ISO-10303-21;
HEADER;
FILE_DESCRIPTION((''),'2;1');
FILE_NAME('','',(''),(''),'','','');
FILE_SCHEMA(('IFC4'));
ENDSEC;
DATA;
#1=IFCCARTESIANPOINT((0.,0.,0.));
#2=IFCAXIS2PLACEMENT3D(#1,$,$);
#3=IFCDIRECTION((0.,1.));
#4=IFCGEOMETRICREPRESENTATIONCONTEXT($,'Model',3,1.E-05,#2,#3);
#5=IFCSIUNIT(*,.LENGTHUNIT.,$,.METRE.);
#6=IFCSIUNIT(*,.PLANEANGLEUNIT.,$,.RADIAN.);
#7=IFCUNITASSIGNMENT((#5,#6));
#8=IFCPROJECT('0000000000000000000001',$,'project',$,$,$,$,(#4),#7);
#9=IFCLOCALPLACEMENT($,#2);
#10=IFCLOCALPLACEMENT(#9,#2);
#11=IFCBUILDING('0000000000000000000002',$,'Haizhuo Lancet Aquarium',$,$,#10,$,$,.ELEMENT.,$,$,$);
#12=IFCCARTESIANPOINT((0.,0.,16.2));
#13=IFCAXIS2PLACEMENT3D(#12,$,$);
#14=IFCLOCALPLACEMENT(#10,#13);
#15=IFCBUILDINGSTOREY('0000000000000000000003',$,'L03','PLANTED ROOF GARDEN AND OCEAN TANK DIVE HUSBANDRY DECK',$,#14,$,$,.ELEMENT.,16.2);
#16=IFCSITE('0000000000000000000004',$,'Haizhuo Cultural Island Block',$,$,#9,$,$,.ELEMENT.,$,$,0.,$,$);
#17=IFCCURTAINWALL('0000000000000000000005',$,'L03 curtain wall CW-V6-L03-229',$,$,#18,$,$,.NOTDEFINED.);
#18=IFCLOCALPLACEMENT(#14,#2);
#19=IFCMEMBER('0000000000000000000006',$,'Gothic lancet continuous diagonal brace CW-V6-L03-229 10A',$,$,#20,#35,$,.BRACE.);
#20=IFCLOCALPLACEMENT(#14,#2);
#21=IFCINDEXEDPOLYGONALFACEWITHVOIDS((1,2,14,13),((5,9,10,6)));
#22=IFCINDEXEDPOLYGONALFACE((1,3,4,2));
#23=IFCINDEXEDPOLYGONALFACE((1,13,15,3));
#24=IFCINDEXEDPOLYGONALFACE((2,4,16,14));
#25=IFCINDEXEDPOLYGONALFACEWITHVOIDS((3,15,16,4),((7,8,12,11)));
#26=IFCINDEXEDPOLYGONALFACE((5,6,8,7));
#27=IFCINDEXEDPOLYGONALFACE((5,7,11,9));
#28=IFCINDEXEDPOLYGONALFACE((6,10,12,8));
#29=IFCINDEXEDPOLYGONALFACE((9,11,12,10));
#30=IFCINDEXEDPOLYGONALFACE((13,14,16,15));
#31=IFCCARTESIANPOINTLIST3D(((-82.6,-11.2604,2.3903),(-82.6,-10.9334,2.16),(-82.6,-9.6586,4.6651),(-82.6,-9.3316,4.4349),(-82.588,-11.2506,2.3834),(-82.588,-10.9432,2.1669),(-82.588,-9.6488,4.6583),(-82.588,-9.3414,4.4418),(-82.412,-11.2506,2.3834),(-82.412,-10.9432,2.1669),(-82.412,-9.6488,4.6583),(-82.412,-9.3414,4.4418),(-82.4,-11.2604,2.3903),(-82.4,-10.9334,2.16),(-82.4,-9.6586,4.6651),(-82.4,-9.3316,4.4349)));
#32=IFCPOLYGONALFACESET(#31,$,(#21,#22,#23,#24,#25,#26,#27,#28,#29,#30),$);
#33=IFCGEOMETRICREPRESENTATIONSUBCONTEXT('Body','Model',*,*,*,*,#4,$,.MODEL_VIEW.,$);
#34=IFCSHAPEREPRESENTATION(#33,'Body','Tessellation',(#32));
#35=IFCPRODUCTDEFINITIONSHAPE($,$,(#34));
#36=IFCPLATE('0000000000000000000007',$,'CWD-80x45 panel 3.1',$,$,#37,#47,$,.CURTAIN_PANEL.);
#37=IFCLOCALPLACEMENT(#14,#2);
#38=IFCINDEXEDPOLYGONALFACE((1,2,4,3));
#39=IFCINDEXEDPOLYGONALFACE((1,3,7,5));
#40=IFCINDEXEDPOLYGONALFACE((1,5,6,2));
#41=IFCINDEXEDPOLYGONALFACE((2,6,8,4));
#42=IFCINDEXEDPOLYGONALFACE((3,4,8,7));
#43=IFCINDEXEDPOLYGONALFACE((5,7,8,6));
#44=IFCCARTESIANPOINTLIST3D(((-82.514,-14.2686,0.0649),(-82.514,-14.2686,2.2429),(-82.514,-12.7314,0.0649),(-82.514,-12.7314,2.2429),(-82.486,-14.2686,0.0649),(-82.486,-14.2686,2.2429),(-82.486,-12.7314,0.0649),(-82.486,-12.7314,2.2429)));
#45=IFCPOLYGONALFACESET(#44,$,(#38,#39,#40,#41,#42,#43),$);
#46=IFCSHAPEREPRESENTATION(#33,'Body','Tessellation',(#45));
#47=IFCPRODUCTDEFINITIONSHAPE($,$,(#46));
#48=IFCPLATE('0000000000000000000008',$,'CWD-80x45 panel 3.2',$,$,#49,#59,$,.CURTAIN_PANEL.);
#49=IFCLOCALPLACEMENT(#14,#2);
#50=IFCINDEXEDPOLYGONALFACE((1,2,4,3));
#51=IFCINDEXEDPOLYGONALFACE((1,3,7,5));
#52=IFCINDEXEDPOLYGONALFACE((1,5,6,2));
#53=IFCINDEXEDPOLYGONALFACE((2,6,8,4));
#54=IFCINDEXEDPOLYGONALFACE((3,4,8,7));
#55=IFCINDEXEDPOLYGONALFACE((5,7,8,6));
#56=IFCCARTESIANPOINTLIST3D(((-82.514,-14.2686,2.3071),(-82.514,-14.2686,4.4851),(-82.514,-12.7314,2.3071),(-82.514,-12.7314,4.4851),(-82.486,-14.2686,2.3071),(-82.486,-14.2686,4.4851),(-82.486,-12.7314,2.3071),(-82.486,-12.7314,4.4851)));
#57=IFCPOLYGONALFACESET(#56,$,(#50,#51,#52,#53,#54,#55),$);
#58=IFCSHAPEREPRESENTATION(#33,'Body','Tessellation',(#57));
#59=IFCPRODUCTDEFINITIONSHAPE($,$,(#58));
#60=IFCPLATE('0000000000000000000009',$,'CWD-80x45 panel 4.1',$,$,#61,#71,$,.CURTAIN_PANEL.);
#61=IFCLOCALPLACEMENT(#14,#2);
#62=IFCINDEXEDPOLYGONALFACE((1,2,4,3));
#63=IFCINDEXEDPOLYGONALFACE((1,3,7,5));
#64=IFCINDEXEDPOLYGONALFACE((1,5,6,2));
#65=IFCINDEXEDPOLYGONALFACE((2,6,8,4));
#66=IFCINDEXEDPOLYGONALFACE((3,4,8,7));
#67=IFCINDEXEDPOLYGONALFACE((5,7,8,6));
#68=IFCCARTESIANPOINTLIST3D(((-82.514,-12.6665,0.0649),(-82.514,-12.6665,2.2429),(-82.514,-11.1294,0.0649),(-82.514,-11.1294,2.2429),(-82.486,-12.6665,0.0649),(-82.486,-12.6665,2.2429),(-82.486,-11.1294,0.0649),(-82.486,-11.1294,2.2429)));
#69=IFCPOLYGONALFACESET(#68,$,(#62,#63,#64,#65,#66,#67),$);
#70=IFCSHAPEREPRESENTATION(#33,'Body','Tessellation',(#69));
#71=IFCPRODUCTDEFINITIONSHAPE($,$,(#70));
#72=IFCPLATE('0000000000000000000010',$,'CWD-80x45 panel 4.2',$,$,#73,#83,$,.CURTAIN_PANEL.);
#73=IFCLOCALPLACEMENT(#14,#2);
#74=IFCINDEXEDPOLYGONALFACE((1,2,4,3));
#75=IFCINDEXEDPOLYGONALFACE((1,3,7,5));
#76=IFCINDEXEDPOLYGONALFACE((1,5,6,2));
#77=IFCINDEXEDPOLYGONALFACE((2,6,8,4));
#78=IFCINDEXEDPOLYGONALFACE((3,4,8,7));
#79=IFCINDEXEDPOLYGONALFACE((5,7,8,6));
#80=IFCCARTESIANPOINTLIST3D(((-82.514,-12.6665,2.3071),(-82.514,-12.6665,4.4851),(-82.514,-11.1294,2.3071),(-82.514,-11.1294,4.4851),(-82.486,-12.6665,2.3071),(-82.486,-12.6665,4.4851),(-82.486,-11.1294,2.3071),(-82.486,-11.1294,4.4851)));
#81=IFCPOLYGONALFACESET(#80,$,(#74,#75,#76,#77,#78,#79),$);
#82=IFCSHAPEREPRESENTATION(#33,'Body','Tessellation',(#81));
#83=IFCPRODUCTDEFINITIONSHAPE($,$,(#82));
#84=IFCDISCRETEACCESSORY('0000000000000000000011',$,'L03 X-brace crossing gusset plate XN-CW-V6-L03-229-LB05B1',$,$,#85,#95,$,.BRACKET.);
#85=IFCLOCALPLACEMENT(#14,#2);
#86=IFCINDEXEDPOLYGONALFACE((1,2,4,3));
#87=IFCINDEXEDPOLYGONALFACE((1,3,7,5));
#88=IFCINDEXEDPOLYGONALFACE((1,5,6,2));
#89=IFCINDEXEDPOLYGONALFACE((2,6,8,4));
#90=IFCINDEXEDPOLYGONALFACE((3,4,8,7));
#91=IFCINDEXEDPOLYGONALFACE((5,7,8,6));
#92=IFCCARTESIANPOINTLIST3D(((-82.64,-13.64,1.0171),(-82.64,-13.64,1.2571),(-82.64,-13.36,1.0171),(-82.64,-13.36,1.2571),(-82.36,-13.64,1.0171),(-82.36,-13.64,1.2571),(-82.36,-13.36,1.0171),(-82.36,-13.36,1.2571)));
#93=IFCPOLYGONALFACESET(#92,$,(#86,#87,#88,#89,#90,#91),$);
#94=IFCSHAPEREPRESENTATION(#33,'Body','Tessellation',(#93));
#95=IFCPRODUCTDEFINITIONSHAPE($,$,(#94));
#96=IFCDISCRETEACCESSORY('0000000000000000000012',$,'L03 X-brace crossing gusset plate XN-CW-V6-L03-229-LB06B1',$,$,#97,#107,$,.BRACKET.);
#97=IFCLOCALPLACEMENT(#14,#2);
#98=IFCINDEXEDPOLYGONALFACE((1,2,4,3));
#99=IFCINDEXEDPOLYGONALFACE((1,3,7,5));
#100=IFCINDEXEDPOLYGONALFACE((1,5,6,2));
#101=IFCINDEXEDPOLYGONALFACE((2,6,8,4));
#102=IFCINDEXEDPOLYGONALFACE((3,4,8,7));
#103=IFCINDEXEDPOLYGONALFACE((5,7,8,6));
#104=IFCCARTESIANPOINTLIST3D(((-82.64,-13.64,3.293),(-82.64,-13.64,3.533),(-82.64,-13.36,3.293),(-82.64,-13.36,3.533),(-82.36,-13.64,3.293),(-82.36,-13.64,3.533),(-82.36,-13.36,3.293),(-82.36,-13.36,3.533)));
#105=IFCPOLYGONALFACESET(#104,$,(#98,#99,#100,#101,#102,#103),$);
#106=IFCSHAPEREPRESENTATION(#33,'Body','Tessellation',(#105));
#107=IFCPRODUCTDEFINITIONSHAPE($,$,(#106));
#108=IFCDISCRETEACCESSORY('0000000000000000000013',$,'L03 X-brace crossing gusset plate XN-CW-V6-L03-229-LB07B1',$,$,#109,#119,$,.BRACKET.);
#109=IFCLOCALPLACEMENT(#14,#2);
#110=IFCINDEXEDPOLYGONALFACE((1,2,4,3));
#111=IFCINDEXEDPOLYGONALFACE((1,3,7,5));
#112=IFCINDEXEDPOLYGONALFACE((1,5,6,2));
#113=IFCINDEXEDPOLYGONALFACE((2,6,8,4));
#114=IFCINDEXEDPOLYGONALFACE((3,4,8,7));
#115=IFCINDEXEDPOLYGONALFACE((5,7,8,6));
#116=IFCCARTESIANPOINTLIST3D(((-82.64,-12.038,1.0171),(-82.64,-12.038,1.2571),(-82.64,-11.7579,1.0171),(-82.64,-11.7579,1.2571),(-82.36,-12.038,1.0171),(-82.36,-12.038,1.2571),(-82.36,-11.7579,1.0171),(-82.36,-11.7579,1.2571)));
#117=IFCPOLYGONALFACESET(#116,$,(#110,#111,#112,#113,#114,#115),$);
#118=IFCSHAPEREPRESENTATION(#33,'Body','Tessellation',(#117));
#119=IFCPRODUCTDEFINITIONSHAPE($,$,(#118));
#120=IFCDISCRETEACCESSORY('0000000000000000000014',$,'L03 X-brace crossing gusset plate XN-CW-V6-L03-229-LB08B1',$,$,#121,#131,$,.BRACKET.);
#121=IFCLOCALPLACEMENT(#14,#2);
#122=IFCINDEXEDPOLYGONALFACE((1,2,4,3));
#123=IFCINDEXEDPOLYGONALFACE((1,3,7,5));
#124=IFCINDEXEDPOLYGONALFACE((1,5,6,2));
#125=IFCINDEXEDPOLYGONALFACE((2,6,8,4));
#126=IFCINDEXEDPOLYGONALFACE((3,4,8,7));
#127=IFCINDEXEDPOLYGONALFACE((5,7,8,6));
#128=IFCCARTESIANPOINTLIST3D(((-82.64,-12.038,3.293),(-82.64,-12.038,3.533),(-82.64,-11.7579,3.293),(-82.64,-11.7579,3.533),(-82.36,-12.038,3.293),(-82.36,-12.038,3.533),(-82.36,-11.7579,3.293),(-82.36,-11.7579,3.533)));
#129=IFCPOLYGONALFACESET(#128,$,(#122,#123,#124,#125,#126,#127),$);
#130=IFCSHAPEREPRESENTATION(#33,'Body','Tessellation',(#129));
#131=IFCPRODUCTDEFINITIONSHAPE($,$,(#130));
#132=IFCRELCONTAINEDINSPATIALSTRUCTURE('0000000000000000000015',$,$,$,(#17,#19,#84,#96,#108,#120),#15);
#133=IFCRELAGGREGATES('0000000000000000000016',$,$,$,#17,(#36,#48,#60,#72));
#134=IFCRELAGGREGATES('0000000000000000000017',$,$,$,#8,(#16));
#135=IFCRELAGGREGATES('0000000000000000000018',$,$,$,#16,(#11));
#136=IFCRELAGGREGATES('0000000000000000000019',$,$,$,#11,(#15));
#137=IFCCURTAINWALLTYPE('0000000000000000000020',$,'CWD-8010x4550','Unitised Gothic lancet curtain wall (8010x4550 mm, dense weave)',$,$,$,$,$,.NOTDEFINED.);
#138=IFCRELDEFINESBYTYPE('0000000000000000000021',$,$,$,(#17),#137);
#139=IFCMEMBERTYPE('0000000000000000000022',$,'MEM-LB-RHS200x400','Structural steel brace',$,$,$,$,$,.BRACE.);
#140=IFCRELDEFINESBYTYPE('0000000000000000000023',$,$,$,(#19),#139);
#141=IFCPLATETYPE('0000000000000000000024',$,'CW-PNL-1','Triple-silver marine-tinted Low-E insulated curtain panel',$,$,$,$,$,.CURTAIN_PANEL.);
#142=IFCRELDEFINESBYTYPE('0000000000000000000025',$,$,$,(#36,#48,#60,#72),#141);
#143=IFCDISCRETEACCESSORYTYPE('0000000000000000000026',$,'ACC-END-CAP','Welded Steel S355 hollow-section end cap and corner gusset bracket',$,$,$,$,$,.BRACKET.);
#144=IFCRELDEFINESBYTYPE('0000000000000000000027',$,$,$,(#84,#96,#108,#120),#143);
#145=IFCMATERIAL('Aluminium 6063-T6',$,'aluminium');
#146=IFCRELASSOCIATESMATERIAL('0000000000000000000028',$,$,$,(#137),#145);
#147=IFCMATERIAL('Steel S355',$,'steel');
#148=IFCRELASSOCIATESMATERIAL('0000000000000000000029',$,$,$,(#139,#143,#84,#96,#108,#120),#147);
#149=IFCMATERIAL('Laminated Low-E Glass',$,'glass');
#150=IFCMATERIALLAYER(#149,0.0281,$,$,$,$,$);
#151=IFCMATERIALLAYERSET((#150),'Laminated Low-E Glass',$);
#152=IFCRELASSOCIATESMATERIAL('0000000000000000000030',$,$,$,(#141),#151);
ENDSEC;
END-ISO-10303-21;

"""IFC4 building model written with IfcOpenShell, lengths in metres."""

from ifc_helpers import new_model, si_unit, direction, frame, origin, origin_2d, place, context, subcontext, project, spatial, rectangle, hollow_rectangle, extrude, material, layer, layer_set, material_profile, profile_set, type_object, element, aggregate, save


model = new_model("IFC4")

# Units and contexts
model_context = context("Model", 3, precision=1e-05, world=origin(), true_north=direction((0.0, 1.0)))
body_context = subcontext(model_context, "Body", "Model", "MODEL_VIEW")
ifc_project = project(units=[si_unit("LENGTHUNIT", "METRE"), si_unit("PLANEANGLEUNIT", "RADIAN")], contexts=[model_context])

# Site, building, storey
site_placement = place(None, origin())
site = spatial("IfcSite", under=ifc_project, at=site_placement, Name="Haizhuo Cultural Island Block", CompositionType="ELEMENT", RefElevation=0.0)
building_placement = place(site_placement, origin())
building = spatial("IfcBuilding", under=site, at=building_placement, Name="Haizhuo Lancet Aquarium", CompositionType="ELEMENT")
storey_placement = place(building_placement, frame((0.0, 0.0, 16.2)))
storey = spatial("IfcBuildingStorey", under=building, at=storey_placement, Name="L03", Description="PLANTED ROOF GARDEN AND OCEAN TANK DIVE HUSBANDRY DECK", CompositionType="ELEMENT", Elevation=16.2)

# Curtain wall
ifc_material_1 = material(Name="Aluminium 6063-T6", Category="aluminium")
curtain_wall_type = type_object("IfcCurtainWallType", Name="CWD-8010x4550", Description="Unitised Gothic lancet curtain wall (8010x4550 mm, dense weave)", PredefinedType="NOTDEFINED", material=ifc_material_1)
curtain_wall_placement = place(storey_placement, origin())
curtain_wall = element("IfcCurtainWall", 1, at=curtain_wall_placement, inside=storey, type_object=curtain_wall_type, Name="L03 curtain wall CW-V6-L03-229", PredefinedType="NOTDEFINED")

# Member
ifc_material_2 = material(Name="Steel S355", Category="steel")
ifc_material_profile_1 = material_profile(ifc_material_2, hollow_rectangle(XDim=0.2, YDim=0.3999, WallThickness=0.012, at=origin_2d()), Name="RHS 200x400x12")
ifc_profile_set_1 = profile_set([ifc_material_profile_1], Name="Steel S355")
member_type_1 = type_object("IfcMemberType", Name="MEM-LB-RHS200x400", Description="Structural steel brace", PredefinedType="BRACE", material=ifc_profile_set_1)
member_1_placement = place(storey_placement, frame((-82.5, -11.0969, 2.2751), z_axis=(0.0, 0.575722, 0.817646), x_axis=(-1.0, 0.0, 0.0)))
element("IfcMember", 2, at=member_1_placement, inside=storey, type_object=member_type_1, Name="Gothic lancet continuous diagonal brace CW-V6-L03-229 10A", PredefinedType="BRACE", context=body_context, shape_type="SweptSolid", body=[
    extrude(hollow_rectangle(XDim=0.2, YDim=0.3999, WallThickness=0.012, at=origin_2d()), origin(), (0.0, 0.0, 1.0), 2.7822),
])

# Plates
ifc_material_3 = material(Name="Laminated Low-E Glass", Category="glass")
ifc_layer = layer(ifc_material_3, 0.0281)
ifc_layer_set = layer_set([ifc_layer], Name="Laminated Low-E Glass")
plate_type = type_object("IfcPlateType", Name="CW-PNL-1", Description="Triple-silver marine-tinted Low-E insulated curtain panel", PredefinedType="CURTAIN_PANEL", material=ifc_layer_set)
plate_1_placement = place(storey_placement, frame((-82.5, -13.5, 0.0649), z_axis=(0.0, 0.0, 1.0), x_axis=(0.0, 1.0, 0.0)))
plate_1 = element("IfcPlate", 3, at=plate_1_placement, type_object=plate_type, Name="CWD-80x45 panel 3.1", PredefinedType="CURTAIN_PANEL", context=body_context, shape_type="SweptSolid", body=[
    extrude(rectangle(XDim=1.5371, YDim=0.0281, at=origin_2d()), origin(), (0.0, 0.0, 1.0), 2.178),
])
plate_2_placement = place(storey_placement, frame((-82.5, -13.5, 2.3071), z_axis=(0.0, 0.0, 1.0), x_axis=(0.0, 1.0, 0.0)))
plate_2 = element("IfcPlate", 4, at=plate_2_placement, type_object=plate_type, Name="CWD-80x45 panel 3.2", PredefinedType="CURTAIN_PANEL", context=body_context, shape_type="SweptSolid", body=[
    extrude(rectangle(XDim=1.5371, YDim=0.0281, at=origin_2d()), origin(), (0.0, 0.0, 1.0), 2.178),
])
plate_3_placement = place(storey_placement, frame((-82.5, -11.8979, 0.0649), z_axis=(0.0, 0.0, 1.0), x_axis=(0.0, 1.0, 0.0)))
plate_3 = element("IfcPlate", 5, at=plate_3_placement, type_object=plate_type, Name="CWD-80x45 panel 4.1", PredefinedType="CURTAIN_PANEL", context=body_context, shape_type="SweptSolid", body=[
    extrude(rectangle(XDim=1.5371, YDim=0.0281, at=origin_2d()), origin(), (0.0, 0.0, 1.0), 2.178),
])
plate_4_placement = place(storey_placement, frame((-82.5, -11.8979, 2.3071), z_axis=(0.0, 0.0, 1.0), x_axis=(0.0, 1.0, 0.0)))
plate_4 = element("IfcPlate", 6, at=plate_4_placement, type_object=plate_type, Name="CWD-80x45 panel 4.2", PredefinedType="CURTAIN_PANEL", context=body_context, shape_type="SweptSolid", body=[
    extrude(rectangle(XDim=1.5371, YDim=0.0281, at=origin_2d()), origin(), (0.0, 0.0, 1.0), 2.178),
])
aggregate(curtain_wall, [plate_1, plate_2, plate_3, plate_4])

# Discrete accessories
discrete_accessory_type = type_object("IfcDiscreteAccessoryType", Name="ACC-END-CAP", Description="Welded Steel S355 hollow-section end cap and corner gusset bracket", PredefinedType="BRACKET", material=ifc_material_2)
for number, where, z_axis, x_axis, name in (
    (7, (-82.5, -13.5, 1.0171), (0.0, 0.0, 1.0), (1.0, 0.0, 0.0), "L03 X-brace crossing gusset plate XN-CW-V6-L03-229-LB05B1"),
    (8, (-82.5, -13.5, 3.293), (0.0, 0.0, 1.0), (1.0, 0.0, 0.0), "L03 X-brace crossing gusset plate XN-CW-V6-L03-229-LB06B1"),
    (9, (-82.5, -11.8979, 1.0171), (0.0, 0.0, 1.0), (1.0, 0.0, 0.0), "L03 X-brace crossing gusset plate XN-CW-V6-L03-229-LB07B1"),
    (10, (-82.5, -11.8979, 3.293), (0.0, 0.0, 1.0), (1.0, 0.0, 0.0), "L03 X-brace crossing gusset plate XN-CW-V6-L03-229-LB08B1"),
):
    element("IfcDiscreteAccessory", number, at=place(storey_placement, frame(where, z_axis=z_axis, x_axis=x_axis)), inside=storey, type_object=discrete_accessory_type, material=ifc_material_2, Name=name, PredefinedType="BRACKET", context=body_context, shape_type="SweptSolid", body=[
        extrude(rectangle(XDim=0.28, YDim=0.28, at=origin_2d()), origin(), (0.0, 0.0, 1.0), 0.24),
    ])

save(model, "model.ifc")
